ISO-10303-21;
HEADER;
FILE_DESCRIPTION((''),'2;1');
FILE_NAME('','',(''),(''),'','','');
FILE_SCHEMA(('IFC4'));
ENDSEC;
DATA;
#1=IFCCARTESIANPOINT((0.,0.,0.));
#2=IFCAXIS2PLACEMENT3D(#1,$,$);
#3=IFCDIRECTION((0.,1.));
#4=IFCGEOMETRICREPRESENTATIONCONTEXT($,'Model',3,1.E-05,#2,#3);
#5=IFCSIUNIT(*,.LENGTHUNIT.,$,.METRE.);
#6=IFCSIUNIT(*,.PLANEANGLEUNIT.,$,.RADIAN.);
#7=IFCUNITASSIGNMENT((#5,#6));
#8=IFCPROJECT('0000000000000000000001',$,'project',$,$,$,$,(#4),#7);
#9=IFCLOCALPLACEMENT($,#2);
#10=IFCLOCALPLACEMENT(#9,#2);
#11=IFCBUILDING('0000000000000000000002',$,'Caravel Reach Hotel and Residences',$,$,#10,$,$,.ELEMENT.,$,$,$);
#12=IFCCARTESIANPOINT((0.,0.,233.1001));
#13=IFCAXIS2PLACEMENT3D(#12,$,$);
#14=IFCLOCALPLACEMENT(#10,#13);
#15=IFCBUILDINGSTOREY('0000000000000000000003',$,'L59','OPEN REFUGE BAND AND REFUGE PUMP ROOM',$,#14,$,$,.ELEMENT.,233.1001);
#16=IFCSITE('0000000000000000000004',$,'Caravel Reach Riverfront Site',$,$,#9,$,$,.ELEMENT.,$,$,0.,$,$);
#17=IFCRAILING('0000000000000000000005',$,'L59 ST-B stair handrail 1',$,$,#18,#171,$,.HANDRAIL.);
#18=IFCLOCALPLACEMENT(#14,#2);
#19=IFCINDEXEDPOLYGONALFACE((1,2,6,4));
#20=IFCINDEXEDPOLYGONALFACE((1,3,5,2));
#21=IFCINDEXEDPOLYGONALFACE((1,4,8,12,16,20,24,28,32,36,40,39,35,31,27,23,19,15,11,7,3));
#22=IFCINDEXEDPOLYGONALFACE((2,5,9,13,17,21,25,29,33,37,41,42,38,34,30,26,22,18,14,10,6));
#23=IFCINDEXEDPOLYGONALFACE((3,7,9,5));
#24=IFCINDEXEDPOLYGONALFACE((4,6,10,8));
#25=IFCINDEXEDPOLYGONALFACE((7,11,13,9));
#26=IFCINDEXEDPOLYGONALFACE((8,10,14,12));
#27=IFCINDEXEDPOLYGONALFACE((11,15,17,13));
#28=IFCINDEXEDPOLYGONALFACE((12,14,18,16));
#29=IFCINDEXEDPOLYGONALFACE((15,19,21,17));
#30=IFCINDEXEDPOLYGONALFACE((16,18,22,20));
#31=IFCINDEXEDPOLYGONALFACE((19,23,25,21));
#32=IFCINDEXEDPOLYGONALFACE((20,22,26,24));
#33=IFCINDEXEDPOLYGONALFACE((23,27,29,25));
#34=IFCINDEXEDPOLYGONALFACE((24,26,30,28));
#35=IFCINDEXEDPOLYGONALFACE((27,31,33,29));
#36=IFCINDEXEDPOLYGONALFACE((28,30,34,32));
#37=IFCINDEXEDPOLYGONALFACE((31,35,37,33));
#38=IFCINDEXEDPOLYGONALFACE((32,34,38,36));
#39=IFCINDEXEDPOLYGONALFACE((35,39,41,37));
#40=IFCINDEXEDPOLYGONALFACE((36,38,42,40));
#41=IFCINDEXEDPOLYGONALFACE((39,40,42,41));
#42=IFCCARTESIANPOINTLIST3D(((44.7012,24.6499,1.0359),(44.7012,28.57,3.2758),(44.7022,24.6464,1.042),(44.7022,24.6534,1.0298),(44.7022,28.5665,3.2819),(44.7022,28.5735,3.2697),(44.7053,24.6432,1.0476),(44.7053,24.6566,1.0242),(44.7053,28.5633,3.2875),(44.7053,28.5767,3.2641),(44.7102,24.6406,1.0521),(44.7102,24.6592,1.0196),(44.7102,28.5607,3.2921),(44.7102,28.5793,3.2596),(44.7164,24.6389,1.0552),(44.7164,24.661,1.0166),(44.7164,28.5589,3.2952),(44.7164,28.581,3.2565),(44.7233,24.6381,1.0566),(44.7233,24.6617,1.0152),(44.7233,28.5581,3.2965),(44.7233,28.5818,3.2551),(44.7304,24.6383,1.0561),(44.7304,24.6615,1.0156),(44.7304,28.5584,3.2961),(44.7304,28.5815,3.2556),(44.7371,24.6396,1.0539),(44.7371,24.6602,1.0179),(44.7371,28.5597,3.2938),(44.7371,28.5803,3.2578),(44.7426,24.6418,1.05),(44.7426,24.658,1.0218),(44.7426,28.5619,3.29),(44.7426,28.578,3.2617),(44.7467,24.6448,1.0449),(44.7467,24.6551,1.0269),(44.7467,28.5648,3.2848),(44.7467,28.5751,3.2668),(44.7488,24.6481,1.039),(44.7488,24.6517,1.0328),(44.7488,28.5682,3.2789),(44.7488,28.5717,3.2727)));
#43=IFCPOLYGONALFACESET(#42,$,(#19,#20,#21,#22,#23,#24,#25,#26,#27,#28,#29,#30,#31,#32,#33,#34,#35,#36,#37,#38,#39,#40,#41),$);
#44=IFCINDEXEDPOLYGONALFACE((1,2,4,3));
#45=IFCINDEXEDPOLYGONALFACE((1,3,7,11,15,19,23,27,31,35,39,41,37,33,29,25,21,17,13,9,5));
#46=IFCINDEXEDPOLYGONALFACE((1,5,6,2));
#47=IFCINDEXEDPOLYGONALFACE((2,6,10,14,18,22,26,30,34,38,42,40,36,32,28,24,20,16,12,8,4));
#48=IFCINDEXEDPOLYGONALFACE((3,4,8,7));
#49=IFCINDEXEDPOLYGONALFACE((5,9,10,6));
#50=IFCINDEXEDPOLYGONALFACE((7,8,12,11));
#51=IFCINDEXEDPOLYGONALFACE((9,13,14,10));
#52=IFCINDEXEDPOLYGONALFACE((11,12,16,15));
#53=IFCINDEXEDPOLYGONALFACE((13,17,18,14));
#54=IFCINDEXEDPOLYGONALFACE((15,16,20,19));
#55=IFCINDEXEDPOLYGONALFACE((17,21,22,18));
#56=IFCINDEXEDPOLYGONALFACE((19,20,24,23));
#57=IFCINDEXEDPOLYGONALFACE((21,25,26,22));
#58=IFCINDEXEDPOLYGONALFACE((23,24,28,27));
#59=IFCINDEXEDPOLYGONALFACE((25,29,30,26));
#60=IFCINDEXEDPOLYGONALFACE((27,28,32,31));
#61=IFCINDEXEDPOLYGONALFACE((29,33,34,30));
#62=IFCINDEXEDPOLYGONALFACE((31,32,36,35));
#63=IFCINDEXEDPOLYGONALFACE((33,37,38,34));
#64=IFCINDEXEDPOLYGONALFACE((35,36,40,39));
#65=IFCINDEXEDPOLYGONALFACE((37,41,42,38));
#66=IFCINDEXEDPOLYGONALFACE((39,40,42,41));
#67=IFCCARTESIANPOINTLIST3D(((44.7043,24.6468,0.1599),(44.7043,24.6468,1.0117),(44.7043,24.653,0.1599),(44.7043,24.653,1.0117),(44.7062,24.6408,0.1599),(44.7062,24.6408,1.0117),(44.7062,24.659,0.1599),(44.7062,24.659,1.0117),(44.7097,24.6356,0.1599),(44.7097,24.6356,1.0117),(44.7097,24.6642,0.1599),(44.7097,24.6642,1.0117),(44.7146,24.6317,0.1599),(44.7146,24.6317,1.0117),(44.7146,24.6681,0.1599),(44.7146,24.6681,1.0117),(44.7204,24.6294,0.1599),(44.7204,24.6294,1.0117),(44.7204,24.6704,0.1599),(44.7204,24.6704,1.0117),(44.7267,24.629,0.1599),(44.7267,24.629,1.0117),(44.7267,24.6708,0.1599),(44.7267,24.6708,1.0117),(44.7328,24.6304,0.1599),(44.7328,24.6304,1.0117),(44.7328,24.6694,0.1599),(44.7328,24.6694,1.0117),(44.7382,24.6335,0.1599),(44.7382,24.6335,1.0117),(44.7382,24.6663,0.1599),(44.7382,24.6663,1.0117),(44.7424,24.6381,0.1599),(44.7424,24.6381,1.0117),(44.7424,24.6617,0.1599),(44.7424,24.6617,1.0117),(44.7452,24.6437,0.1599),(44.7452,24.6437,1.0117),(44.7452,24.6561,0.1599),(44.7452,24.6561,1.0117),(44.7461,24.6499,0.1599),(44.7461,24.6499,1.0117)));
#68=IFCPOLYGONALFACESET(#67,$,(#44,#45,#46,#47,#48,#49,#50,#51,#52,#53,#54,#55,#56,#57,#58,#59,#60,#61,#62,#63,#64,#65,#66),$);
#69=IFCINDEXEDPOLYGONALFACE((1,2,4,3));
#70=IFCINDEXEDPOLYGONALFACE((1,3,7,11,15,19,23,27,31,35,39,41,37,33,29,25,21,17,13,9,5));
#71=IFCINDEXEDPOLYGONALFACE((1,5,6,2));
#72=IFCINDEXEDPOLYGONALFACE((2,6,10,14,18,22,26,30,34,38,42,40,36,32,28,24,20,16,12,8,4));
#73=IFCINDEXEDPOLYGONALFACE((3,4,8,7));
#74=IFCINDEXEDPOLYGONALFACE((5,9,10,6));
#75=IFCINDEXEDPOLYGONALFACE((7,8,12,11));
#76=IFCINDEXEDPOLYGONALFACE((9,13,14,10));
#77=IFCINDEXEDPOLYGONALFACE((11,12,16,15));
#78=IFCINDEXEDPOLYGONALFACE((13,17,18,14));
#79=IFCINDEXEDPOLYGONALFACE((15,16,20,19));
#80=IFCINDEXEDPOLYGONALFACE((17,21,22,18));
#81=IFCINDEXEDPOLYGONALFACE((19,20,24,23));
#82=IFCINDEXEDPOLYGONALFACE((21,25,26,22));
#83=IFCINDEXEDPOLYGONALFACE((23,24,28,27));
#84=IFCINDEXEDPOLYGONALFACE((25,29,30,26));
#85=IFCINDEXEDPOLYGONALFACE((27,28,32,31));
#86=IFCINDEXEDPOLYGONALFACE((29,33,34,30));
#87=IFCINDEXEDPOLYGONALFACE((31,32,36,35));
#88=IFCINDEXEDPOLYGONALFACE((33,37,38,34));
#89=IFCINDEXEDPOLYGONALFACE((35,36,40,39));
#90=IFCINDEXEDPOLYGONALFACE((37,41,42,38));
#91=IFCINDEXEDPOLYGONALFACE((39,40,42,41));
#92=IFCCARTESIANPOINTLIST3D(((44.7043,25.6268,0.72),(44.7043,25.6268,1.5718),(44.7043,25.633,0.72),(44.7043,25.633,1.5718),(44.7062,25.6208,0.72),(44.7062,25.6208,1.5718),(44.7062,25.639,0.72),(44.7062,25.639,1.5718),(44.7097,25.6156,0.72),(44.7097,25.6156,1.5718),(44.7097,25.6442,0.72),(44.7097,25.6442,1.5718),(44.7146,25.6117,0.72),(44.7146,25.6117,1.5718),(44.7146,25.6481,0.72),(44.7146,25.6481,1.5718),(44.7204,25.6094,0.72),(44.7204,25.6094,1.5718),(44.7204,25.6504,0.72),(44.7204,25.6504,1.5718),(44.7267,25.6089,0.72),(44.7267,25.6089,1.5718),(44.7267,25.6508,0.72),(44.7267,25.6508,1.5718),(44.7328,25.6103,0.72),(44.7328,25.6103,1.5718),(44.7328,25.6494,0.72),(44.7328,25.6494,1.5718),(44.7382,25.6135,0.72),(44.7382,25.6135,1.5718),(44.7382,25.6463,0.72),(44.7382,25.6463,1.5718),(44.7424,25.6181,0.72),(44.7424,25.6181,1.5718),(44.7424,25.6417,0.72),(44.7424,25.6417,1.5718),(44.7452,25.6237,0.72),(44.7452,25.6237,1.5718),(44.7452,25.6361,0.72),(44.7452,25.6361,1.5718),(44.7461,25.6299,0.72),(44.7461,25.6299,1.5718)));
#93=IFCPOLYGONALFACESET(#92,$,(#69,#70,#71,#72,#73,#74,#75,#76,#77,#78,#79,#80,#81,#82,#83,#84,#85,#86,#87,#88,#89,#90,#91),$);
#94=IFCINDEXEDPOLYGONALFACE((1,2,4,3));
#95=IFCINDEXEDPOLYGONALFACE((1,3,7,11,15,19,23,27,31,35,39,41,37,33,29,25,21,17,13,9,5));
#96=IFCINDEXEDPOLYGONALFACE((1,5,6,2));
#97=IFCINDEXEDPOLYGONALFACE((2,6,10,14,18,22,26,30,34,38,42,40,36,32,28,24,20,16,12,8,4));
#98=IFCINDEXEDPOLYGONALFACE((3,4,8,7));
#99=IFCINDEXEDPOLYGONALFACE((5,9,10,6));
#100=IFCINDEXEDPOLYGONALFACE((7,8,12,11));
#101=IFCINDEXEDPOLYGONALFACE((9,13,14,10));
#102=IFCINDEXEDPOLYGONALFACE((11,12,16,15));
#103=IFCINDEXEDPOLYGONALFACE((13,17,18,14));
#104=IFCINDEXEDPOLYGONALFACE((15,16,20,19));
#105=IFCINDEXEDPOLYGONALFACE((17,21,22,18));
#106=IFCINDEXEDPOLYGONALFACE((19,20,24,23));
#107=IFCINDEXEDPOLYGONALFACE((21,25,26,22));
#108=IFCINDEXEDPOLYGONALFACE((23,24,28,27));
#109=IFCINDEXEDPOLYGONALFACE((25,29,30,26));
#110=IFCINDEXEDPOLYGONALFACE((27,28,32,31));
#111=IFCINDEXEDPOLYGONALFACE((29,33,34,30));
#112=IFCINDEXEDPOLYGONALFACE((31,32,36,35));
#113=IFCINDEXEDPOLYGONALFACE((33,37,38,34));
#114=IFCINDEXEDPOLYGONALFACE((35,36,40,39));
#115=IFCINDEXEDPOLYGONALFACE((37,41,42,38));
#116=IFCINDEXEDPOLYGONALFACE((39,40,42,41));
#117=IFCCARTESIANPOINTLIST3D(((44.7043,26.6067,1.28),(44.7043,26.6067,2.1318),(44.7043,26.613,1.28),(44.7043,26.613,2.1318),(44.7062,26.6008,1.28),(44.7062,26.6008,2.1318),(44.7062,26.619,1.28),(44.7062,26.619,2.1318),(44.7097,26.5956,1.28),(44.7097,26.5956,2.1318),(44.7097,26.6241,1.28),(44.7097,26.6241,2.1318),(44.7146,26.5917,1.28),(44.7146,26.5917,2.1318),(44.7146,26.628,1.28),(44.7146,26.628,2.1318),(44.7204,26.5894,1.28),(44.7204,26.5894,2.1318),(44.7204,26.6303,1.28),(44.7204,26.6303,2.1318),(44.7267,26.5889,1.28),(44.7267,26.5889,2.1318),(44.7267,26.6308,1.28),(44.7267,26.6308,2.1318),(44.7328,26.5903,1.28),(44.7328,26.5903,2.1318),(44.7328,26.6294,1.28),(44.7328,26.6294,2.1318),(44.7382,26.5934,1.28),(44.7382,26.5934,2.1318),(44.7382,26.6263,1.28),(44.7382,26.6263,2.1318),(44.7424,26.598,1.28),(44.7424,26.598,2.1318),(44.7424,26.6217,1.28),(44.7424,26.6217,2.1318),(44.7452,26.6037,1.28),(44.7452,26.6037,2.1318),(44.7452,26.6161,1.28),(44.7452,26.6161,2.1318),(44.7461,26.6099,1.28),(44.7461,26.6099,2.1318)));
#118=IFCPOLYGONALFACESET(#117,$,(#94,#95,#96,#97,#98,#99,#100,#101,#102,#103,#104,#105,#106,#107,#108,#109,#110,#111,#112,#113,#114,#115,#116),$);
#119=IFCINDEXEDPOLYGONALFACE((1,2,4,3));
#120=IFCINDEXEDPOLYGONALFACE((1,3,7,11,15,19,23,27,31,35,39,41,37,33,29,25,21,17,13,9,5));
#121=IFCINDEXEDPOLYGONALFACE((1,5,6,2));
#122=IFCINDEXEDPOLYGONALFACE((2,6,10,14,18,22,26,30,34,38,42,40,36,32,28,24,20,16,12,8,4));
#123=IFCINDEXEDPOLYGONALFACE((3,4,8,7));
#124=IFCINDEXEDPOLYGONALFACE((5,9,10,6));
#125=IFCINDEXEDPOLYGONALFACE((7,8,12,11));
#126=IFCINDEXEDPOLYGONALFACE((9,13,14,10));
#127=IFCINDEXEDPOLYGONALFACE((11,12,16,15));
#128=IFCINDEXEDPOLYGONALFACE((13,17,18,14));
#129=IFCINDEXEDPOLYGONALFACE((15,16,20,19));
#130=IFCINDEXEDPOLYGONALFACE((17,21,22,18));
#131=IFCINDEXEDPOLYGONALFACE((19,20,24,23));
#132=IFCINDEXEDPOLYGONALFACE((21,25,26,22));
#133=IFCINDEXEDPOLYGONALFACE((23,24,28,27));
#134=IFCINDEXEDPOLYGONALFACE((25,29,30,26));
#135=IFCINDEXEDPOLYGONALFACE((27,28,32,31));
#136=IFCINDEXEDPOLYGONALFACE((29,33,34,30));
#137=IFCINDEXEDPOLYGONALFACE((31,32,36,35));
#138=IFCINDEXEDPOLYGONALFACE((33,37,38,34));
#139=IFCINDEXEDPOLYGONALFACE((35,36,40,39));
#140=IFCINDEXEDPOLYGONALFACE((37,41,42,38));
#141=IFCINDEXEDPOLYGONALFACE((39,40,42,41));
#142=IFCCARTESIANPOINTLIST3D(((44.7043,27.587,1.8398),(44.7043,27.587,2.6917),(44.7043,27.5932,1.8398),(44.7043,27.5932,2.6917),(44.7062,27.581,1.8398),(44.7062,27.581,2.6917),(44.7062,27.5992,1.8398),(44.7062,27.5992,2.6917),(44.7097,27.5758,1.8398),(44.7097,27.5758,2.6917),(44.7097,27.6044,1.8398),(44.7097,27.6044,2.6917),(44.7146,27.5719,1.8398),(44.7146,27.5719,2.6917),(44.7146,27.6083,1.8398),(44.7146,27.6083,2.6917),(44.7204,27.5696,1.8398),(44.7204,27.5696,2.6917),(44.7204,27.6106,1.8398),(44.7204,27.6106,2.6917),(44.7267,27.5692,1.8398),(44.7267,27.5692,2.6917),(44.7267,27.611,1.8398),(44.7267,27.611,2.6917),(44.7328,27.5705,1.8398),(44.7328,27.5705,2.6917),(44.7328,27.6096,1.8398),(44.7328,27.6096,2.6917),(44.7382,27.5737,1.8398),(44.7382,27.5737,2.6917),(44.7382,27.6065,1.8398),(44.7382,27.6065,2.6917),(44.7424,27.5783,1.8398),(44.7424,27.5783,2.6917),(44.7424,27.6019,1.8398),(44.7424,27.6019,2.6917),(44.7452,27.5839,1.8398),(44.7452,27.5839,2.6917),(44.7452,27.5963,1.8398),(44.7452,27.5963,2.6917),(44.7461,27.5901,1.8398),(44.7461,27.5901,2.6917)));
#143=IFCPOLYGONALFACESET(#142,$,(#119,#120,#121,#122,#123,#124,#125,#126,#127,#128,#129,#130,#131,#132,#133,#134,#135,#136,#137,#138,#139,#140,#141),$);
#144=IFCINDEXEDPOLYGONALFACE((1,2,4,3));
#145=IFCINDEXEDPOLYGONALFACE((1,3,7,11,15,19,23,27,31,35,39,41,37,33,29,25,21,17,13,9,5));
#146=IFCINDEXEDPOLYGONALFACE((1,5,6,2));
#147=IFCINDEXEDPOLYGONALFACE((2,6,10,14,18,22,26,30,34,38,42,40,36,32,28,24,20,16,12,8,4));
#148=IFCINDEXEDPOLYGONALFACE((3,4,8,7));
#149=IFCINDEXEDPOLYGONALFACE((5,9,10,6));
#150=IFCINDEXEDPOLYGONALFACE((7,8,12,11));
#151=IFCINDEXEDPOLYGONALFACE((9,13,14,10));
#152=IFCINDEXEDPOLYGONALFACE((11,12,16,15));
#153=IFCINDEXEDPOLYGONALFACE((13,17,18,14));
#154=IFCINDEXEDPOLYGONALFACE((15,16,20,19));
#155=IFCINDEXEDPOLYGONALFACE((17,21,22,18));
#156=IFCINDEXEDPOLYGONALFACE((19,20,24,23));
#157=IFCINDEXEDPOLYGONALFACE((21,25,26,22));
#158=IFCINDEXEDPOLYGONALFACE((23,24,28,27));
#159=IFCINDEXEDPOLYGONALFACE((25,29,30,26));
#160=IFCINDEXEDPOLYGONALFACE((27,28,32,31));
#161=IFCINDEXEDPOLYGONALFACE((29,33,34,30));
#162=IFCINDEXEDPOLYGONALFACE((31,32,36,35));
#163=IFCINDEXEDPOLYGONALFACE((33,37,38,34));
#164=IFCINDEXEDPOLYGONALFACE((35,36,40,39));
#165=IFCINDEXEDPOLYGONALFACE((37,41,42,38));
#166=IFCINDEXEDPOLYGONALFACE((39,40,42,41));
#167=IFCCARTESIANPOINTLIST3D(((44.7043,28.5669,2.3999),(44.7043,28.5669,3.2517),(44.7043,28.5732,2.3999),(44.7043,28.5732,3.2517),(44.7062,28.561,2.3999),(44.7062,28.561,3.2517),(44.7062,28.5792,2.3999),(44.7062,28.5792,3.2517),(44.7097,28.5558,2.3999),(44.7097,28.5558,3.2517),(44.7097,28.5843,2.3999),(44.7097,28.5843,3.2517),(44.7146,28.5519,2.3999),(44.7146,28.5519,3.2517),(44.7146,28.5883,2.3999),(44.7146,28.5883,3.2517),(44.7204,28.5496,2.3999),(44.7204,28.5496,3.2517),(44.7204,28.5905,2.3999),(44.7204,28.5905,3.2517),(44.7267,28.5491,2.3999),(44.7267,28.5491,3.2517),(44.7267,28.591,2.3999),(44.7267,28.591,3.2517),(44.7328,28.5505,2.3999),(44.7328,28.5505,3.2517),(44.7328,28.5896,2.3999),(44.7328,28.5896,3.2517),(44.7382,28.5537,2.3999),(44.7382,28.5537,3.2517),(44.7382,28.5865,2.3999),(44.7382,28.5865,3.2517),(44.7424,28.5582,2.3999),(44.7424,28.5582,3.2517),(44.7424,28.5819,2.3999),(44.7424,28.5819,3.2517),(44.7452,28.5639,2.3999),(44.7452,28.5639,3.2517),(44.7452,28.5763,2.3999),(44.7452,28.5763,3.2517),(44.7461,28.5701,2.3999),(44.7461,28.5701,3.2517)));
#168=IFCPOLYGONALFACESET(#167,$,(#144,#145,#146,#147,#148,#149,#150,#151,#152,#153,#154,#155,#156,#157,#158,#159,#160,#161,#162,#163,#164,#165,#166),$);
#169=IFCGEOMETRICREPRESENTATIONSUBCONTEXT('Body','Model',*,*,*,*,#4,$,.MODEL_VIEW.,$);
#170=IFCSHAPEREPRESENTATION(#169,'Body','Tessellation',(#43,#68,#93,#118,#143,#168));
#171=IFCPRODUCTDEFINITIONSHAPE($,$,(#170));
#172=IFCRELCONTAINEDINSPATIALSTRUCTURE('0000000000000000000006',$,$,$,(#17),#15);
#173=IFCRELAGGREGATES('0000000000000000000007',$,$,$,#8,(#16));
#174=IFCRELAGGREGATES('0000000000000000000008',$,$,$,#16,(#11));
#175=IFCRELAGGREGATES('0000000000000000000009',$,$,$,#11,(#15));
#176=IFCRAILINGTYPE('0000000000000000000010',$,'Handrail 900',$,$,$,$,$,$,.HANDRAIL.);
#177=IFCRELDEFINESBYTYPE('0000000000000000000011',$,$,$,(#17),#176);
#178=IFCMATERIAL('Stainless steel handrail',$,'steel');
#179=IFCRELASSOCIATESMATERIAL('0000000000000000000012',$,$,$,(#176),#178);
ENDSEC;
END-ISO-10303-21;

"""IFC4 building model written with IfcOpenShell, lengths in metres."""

from ifc_helpers import new_model, si_unit, direction, frame, origin, origin_2d, place, context, subcontext, project, spatial, circle, extrude, material, type_object, element, save


model = new_model("IFC4")

# Units and contexts
model_context = context("Model", 3, precision=1e-05, world=origin(), true_north=direction((0.0, 1.0)))
body_context = subcontext(model_context, "Body", "Model", "MODEL_VIEW")
ifc_project = project(units=[si_unit("LENGTHUNIT", "METRE"), si_unit("PLANEANGLEUNIT", "RADIAN")], contexts=[model_context])

# Site, building, storey
site_placement = place(None, origin())
site = spatial("IfcSite", under=ifc_project, at=site_placement, Name="Caravel Reach Riverfront Site", CompositionType="ELEMENT", RefElevation=0.0)
building_placement = place(site_placement, origin())
building = spatial("IfcBuilding", under=site, at=building_placement, Name="Caravel Reach Hotel and Residences", CompositionType="ELEMENT")
storey_placement = place(building_placement, frame((0.0, 0.0, 233.1001)))
storey = spatial("IfcBuildingStorey", under=building, at=storey_placement, Name="L59", Description="OPEN REFUGE BAND AND REFUGE PUMP ROOM", CompositionType="ELEMENT", Elevation=233.1001)

# Railing
ifc_material_1 = material(Name="Stainless steel handrail", Category="steel")
railing_type_1 = type_object("IfcRailingType", Name="Handrail 900", PredefinedType="HANDRAIL", material=ifc_material_1)
railing_1_placement = place(storey_placement, frame((44.7251, 24.6499, 0.1599)))
element("IfcRailing", 1, at=railing_1_placement, inside=storey, type_object=railing_type_1, Name="L59 ST-B stair handrail 1", PredefinedType="HANDRAIL", context=body_context, shape_type="SweptSolid", body=[
    extrude(circle(Radius=0.0239, at=origin_2d()), frame((0.0, 0.0, 0.876), z_axis=(0.0, 0.868253, 0.496121), x_axis=(-1.0, 0.0, 0.0)), (0.0, 0.0, 1.0), 4.5149),
    extrude(circle(Radius=0.021, at=origin_2d()), origin(), (0.0, 0.0, 1.0), 0.8518),
    extrude(circle(Radius=0.021, at=origin_2d()), frame((0.0, 0.98, 0.5601)), (0.0, 0.0, 1.0), 0.8518),
    extrude(circle(Radius=0.021, at=origin_2d()), frame((0.0, 1.96, 1.1201)), (0.0, 0.0, 1.0), 0.8518),
    extrude(circle(Radius=0.021, at=origin_2d()), frame((0.0, 2.9402, 1.6799)), (0.0, 0.0, 1.0), 0.8518),
    extrude(circle(Radius=0.021, at=origin_2d()), frame((0.0, 3.9202, 2.24)), (0.0, 0.0, 1.0), 0.8518),
])

save(model, "model.ifc")
